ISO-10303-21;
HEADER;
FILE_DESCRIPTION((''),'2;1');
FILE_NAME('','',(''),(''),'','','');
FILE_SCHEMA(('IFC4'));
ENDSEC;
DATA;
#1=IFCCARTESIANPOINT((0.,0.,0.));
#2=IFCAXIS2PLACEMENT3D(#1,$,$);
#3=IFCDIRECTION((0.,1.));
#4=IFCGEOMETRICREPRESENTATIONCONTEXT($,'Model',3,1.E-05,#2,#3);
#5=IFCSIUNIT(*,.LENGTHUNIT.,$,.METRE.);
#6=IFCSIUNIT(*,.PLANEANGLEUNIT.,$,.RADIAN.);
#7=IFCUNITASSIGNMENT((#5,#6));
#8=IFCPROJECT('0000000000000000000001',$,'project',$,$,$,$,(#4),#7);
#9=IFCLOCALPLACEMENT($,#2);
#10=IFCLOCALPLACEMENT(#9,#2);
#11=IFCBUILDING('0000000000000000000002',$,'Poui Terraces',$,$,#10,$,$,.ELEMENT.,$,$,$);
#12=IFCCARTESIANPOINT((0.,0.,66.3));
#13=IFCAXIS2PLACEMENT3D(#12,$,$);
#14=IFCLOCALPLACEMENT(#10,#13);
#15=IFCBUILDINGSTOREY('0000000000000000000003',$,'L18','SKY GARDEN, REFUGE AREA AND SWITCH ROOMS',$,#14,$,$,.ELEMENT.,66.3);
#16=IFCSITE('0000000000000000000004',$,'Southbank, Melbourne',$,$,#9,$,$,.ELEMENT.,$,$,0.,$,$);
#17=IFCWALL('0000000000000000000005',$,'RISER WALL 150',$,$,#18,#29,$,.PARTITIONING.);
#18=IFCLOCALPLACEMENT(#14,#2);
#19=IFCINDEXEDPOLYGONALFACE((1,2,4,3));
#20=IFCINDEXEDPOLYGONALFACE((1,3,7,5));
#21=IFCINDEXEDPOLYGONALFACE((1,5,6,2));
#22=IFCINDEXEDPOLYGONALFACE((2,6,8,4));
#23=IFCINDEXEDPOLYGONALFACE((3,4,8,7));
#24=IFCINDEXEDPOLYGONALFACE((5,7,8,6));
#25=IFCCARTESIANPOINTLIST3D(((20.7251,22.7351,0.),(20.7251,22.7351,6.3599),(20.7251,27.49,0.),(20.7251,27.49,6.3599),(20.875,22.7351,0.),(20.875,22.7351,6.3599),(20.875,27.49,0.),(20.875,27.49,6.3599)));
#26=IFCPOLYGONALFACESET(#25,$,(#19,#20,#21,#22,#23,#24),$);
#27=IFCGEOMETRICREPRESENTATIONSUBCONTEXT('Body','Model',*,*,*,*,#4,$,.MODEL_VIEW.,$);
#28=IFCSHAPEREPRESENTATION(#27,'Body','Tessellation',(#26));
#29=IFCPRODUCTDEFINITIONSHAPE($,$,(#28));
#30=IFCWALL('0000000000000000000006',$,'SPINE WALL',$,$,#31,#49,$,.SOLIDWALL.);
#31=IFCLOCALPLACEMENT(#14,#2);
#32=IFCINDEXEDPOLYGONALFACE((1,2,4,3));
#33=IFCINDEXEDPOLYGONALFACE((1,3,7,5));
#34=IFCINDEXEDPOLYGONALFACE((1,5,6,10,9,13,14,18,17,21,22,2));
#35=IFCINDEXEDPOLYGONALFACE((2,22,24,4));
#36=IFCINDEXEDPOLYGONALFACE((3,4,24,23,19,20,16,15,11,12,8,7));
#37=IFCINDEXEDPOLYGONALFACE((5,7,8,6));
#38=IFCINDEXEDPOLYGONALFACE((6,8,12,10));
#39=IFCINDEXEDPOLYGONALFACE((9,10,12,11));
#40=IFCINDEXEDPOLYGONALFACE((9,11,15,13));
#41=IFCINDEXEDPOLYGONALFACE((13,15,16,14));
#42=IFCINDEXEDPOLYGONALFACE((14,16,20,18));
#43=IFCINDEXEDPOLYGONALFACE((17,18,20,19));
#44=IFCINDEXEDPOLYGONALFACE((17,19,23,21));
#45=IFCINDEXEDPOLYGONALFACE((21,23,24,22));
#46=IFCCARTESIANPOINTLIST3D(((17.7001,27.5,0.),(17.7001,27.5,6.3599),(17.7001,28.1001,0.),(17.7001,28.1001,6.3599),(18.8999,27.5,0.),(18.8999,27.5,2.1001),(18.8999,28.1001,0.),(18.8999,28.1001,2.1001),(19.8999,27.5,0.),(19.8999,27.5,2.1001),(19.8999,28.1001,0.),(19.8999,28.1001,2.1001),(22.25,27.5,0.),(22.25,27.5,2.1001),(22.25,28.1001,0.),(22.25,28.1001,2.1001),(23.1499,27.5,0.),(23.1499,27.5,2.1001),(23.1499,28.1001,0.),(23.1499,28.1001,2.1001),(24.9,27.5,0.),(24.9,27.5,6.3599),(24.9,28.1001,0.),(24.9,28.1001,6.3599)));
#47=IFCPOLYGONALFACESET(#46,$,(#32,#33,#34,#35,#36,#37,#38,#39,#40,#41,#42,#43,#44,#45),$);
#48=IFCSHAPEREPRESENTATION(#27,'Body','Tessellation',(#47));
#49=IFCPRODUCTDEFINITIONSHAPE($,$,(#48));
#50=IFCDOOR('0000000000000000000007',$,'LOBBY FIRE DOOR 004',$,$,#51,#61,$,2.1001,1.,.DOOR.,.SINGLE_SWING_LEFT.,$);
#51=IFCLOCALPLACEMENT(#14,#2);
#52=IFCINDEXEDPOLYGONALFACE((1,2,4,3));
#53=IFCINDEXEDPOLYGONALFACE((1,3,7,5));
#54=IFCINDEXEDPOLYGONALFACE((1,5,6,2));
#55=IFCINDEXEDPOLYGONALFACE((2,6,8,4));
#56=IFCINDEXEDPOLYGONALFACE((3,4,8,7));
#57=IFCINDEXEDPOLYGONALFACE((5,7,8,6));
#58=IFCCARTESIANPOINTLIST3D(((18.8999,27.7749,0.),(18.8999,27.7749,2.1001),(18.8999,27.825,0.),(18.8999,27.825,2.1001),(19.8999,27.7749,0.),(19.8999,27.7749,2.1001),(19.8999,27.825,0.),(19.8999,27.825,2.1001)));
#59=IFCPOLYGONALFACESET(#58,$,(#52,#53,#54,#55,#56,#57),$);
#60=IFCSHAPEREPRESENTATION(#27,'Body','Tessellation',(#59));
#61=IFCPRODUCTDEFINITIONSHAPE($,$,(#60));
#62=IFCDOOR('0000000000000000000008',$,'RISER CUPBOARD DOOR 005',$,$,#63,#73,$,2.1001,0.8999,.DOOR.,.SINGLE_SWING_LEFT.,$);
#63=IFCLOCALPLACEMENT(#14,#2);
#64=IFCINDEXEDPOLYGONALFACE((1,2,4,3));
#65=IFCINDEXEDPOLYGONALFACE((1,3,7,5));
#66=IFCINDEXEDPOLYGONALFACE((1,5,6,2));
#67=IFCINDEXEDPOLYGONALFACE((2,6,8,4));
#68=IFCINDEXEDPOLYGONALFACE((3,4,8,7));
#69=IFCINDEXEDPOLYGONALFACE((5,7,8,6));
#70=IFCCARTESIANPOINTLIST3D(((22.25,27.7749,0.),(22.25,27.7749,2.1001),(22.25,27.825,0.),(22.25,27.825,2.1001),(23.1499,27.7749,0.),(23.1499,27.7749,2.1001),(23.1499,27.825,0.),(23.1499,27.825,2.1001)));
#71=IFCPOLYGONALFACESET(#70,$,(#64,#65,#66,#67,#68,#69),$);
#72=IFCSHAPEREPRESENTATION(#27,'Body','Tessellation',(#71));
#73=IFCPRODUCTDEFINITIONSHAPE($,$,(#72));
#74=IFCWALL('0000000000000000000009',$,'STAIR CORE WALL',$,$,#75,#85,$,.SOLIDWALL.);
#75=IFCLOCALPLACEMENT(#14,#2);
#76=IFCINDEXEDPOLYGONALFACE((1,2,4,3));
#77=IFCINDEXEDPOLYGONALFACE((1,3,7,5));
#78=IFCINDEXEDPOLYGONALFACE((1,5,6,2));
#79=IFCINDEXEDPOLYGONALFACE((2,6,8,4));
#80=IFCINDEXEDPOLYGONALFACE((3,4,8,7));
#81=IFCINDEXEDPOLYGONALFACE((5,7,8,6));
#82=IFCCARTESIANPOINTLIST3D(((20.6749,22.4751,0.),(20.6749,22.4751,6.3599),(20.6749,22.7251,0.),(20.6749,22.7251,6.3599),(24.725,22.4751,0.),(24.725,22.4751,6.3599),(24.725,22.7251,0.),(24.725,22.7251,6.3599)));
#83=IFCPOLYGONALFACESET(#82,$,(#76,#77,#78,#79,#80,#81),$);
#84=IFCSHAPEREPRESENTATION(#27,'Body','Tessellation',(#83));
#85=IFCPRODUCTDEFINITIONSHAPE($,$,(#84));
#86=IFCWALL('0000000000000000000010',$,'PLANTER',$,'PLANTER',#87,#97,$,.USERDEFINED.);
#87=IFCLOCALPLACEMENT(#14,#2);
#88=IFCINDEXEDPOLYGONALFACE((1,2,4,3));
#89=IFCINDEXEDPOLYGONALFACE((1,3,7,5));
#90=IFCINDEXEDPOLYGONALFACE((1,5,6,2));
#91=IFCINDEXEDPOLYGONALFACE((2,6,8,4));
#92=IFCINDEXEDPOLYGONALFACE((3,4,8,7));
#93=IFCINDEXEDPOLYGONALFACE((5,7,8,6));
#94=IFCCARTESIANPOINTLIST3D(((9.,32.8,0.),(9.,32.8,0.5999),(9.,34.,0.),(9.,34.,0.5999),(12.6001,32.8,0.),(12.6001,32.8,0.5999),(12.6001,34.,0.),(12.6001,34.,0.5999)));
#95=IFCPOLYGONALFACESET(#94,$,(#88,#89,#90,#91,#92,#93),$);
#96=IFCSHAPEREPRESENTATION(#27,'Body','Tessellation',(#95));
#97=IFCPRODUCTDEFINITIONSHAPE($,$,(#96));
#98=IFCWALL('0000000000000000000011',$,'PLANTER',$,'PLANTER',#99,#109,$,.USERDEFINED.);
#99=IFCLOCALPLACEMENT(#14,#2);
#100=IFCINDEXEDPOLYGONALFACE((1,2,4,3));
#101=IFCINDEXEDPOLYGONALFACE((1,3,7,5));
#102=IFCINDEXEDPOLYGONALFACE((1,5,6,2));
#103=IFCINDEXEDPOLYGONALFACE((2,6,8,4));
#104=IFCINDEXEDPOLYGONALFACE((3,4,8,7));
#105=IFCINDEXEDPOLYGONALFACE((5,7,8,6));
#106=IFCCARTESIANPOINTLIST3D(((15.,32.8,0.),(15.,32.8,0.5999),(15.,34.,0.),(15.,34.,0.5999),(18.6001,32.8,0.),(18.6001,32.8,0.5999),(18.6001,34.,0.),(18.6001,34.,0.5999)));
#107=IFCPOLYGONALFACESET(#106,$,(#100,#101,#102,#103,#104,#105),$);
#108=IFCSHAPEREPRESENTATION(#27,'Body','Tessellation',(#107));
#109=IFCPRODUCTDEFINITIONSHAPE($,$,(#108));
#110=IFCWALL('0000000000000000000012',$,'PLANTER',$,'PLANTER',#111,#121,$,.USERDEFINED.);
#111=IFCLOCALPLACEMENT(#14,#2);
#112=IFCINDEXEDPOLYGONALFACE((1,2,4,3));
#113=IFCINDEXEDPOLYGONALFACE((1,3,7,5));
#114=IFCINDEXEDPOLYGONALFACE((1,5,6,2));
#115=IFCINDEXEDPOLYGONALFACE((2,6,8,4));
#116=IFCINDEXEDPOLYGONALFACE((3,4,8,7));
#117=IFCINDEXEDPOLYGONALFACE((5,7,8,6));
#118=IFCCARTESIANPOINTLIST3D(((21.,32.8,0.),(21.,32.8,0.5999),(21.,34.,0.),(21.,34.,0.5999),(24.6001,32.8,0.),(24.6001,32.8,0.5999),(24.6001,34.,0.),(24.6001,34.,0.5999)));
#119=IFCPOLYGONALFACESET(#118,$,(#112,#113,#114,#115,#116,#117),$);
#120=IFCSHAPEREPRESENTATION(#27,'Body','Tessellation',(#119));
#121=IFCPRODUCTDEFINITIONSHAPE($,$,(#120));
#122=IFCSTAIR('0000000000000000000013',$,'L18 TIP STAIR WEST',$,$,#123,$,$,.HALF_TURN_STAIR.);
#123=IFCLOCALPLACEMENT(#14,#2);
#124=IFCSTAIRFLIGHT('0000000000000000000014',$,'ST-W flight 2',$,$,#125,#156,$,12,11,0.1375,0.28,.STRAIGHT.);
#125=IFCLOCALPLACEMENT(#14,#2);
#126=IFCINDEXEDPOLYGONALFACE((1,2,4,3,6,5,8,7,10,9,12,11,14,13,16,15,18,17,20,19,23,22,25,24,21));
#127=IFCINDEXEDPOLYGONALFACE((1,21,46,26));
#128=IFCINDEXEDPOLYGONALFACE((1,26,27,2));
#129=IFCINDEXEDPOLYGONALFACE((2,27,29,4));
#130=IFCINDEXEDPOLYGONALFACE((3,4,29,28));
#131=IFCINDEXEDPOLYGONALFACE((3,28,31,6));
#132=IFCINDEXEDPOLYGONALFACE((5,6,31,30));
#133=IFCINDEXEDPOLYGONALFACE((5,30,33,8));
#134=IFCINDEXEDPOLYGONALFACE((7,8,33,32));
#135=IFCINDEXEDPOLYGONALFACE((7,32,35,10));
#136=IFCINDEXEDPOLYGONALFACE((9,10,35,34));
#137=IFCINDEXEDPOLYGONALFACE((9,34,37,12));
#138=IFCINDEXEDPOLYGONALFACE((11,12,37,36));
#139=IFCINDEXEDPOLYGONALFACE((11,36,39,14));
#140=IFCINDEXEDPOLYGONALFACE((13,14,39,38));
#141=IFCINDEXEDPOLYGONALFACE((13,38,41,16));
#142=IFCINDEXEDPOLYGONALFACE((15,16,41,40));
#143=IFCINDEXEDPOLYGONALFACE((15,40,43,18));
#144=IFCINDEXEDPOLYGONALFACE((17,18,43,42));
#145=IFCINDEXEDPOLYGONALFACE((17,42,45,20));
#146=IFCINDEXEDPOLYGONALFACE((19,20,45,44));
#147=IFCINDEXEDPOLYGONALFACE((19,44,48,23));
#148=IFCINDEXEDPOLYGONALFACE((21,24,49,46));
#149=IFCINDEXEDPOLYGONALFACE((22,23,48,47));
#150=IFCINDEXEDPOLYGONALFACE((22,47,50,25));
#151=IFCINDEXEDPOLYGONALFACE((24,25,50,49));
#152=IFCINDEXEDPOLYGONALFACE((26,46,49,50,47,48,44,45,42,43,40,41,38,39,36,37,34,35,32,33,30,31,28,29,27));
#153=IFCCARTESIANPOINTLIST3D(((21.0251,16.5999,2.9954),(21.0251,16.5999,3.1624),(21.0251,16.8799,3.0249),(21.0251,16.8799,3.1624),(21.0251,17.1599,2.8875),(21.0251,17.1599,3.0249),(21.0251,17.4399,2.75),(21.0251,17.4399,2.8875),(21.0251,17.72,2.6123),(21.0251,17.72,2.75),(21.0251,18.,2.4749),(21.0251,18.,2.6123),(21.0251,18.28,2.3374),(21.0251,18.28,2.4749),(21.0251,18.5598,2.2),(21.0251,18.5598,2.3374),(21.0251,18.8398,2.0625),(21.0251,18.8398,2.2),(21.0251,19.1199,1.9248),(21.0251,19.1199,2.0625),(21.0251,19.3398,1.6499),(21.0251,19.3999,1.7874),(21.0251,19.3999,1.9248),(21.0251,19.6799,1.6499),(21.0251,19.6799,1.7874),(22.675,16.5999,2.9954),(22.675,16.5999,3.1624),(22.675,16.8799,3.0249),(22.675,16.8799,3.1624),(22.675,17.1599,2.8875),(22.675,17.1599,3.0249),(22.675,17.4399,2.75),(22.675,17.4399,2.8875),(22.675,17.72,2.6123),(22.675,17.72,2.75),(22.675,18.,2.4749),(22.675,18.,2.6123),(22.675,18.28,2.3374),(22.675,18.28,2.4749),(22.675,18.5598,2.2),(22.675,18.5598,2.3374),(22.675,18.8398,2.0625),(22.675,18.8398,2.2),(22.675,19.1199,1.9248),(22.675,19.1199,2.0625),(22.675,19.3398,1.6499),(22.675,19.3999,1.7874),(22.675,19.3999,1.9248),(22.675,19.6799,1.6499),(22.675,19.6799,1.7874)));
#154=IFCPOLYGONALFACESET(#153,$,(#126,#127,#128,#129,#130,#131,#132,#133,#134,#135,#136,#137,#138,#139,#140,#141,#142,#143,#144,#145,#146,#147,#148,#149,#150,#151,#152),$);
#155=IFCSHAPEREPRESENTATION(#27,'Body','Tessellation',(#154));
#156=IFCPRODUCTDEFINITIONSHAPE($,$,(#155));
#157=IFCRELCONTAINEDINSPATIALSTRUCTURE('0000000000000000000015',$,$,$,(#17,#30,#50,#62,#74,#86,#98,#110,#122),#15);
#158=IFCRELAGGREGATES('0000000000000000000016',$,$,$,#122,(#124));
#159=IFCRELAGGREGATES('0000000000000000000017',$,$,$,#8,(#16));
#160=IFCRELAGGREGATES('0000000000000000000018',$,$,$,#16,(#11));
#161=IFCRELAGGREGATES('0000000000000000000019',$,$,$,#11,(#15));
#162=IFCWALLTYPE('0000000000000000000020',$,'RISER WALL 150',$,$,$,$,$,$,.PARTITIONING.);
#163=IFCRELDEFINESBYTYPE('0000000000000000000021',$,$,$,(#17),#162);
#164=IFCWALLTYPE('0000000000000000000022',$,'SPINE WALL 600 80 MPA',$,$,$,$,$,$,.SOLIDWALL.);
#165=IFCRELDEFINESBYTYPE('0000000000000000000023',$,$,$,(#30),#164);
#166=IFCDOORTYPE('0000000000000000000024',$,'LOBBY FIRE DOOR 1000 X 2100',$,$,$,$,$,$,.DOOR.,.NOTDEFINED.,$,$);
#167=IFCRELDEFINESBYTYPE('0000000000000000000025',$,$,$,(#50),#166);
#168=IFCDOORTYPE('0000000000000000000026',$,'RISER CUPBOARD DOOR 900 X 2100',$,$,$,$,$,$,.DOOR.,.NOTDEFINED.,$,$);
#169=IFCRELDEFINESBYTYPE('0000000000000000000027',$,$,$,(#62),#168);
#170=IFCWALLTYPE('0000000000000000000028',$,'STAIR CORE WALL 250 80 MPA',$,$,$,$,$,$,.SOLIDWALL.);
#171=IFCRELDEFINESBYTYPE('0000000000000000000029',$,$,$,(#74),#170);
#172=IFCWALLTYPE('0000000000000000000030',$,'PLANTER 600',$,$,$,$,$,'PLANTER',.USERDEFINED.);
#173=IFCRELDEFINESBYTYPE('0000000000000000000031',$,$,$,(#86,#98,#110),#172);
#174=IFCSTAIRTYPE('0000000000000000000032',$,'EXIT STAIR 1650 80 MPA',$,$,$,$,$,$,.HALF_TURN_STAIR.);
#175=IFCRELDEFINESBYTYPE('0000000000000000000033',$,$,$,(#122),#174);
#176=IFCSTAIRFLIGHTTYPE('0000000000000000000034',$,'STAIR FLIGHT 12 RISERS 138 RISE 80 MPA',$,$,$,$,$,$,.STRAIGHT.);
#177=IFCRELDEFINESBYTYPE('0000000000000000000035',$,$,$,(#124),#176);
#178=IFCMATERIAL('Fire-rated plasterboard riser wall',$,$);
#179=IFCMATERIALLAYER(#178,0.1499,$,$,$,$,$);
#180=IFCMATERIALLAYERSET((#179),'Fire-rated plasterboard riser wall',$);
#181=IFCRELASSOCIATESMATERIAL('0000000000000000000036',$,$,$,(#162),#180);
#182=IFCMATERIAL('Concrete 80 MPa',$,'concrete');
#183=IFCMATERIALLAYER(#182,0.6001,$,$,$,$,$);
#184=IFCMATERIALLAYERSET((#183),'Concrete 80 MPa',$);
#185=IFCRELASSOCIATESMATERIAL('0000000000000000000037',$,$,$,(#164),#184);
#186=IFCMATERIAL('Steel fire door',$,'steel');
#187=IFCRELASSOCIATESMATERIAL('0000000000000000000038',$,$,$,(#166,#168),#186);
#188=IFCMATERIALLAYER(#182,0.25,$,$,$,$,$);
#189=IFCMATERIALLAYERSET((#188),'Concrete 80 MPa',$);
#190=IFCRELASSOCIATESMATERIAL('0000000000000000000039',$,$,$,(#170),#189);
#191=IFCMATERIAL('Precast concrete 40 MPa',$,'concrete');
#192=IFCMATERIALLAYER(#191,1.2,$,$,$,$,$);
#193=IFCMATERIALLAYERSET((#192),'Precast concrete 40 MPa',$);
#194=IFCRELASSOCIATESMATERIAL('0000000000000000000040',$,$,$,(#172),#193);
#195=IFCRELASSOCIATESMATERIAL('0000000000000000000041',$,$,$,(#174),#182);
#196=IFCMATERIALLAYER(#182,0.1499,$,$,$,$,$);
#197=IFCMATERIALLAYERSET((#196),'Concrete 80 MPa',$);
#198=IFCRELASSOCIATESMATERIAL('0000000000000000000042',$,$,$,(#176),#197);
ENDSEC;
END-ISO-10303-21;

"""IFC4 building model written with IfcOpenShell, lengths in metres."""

from ifc_helpers import new_model, si_unit, direction, frame, frame_2d, origin, place, context, subcontext, project, spatial, polyline, rectangle, outline, extrude, source, transform, mapped, material, layer, layer_set, type_object, element, fill, aggregate, save


model = new_model("IFC4")

# Units and contexts
model_context = context("Model", 3, precision=1e-05, world=origin(), true_north=direction((0.0, 1.0)))
body_context = subcontext(model_context, "Body", "Model", "MODEL_VIEW")
ifc_project = project(units=[si_unit("LENGTHUNIT", "METRE"), si_unit("PLANEANGLEUNIT", "RADIAN")], contexts=[model_context])

# Site, building, storey
site_placement = place(None, origin())
site = spatial("IfcSite", under=ifc_project, at=site_placement, Name="Southbank, Melbourne", CompositionType="ELEMENT", RefElevation=0.0)
building_placement = place(site_placement, origin())
building = spatial("IfcBuilding", under=site, at=building_placement, Name="Poui Terraces", CompositionType="ELEMENT")
storey_placement = place(building_placement, frame((0.0, 0.0, 66.3)))
storey = spatial("IfcBuildingStorey", under=building, at=storey_placement, Name="L18", Description="SKY GARDEN, REFUGE AREA AND SWITCH ROOMS", CompositionType="ELEMENT", Elevation=66.3)

# Shared definitions
ifc_material_1 = material(Name="Concrete 80 MPa", Category="concrete")

# Shared definitions
ifc_material_2 = material(Name="Steel fire door", Category="steel")

# Wall
ifc_material_3 = material(Name="Fire-rated plasterboard riser wall")
ifc_layer_1 = layer(ifc_material_3, 0.1499)
ifc_layer_set_1 = layer_set([ifc_layer_1], Name="Fire-rated plasterboard riser wall")
wall_type_1 = type_object("IfcWallType", Name="RISER WALL 150", PredefinedType="PARTITIONING", material=ifc_layer_set_1)
wall_1_placement = place(storey_placement, frame((20.8, 22.7351, 0.0), z_axis=(0.0, 0.0, 1.0), x_axis=(0.0, 1.0, 0.0)))
element("IfcWall", 1, at=wall_1_placement, inside=storey, type_object=wall_type_1, Name="RISER WALL 150", PredefinedType="PARTITIONING", context=body_context, shape_type="SweptSolid", body=[
    extrude(rectangle(XDim=4.7549, YDim=0.1499, at=frame_2d((2.3774, 0.0))), origin(), (0.0, 0.0, 1.0), 6.3599),
])

# Wall, openings, doors
ifc_layer_2 = layer(ifc_material_1, 0.6001)
ifc_layer_set_2 = layer_set([ifc_layer_2], Name="Concrete 80 MPa")
wall_type_2 = type_object("IfcWallType", Name="SPINE WALL 600 80 MPA", PredefinedType="SOLIDWALL", material=ifc_layer_set_2)
wall_2_placement = place(storey_placement, frame((17.7, 27.8, 0.0), z_axis=(0.0, 0.0, 1.0), x_axis=(1.0, 0.0, 0.0)))
wall_2 = element("IfcWall", 2, at=wall_2_placement, inside=storey, type_object=wall_type_2, Name="SPINE WALL", PredefinedType="SOLIDWALL", context=body_context, shape_type="SweptSolid", body=[
    extrude(rectangle(XDim=7.2, YDim=0.6001, at=frame_2d((3.6001, 0.0))), origin(), (0.0, 0.0, 1.0), 6.3599),
])
opening_1_placement = place(wall_2_placement, frame((1.2, 0.0, 0.0)))
opening_1 = element("IfcOpeningElement", 3, at=opening_1_placement, cuts=wall_2, PredefinedType="OPENING", context=body_context, shape_type="SweptSolid", body=[
    extrude(rectangle(XDim=1.0, YDim=2.1001, at=frame_2d((0.5, 1.05))), frame((0.0, 0.3101, 0.0), z_axis=(0.0, -1.0, 0.0), x_axis=(1.0, 0.0, 0.0)), (0.0, 0.0, 1.0), 0.6201),
])
opening_2_placement = place(wall_2_placement, frame((4.55, 0.0, 0.0)))
opening_2 = element("IfcOpeningElement", 4, at=opening_2_placement, cuts=wall_2, PredefinedType="OPENING", context=body_context, shape_type="SweptSolid", body=[
    extrude(rectangle(XDim=0.8999, YDim=2.1001, at=frame_2d((0.45, 1.05))), frame((0.0, 0.3101, 0.0), z_axis=(0.0, -1.0, 0.0), x_axis=(1.0, 0.0, 0.0)), (0.0, 0.0, 1.0), 0.6201),
])
door_type_1 = type_object("IfcDoorType", Name="LOBBY FIRE DOOR 1000 X 2100", OperationType="NOTDEFINED", PredefinedType="DOOR", material=ifc_material_2)
door_1_placement = place(opening_1_placement, origin())
door_1 = element("IfcDoor", 5, at=door_1_placement, inside=storey, type_object=door_type_1, Name="LOBBY FIRE DOOR 004", OperationType="SINGLE_SWING_LEFT", OverallHeight=2.1001, OverallWidth=1.0, PredefinedType="DOOR", context=body_context, shape_type="SweptSolid", body=[
    extrude(rectangle(XDim=1.0, YDim=2.1001, at=frame_2d((0.5, 1.05))), frame((0.0, 0.0249, 0.0), z_axis=(0.0, -1.0, 0.0), x_axis=(1.0, 0.0, 0.0)), (0.0, 0.0, 1.0), 0.05),
])
fill(opening_1, door_1)
door_type_2 = type_object("IfcDoorType", Name="RISER CUPBOARD DOOR 900 X 2100", OperationType="NOTDEFINED", PredefinedType="DOOR", material=ifc_material_2)
door_2_placement = place(opening_2_placement, origin())
door_2 = element("IfcDoor", 6, at=door_2_placement, inside=storey, type_object=door_type_2, Name="RISER CUPBOARD DOOR 005", OperationType="SINGLE_SWING_LEFT", OverallHeight=2.1001, OverallWidth=0.8999, PredefinedType="DOOR", context=body_context, shape_type="SweptSolid", body=[
    extrude(rectangle(XDim=0.8999, YDim=2.1001, at=frame_2d((0.45, 1.05))), frame((0.0, 0.0249, 0.0), z_axis=(0.0, -1.0, 0.0), x_axis=(1.0, 0.0, 0.0)), (0.0, 0.0, 1.0), 0.05),
])
fill(opening_2, door_2)

# Walls
ifc_layer_3 = layer(ifc_material_1, 0.25)
ifc_layer_set_3 = layer_set([ifc_layer_3], Name="Concrete 80 MPa")
wall_type_3 = type_object("IfcWallType", Name="STAIR CORE WALL 250 80 MPA", PredefinedType="SOLIDWALL", material=ifc_layer_set_3)
wall_3_placement = place(storey_placement, frame((20.675, 22.6001, 0.0), z_axis=(0.0, 0.0, 1.0), x_axis=(1.0, 0.0, 0.0)))
element("IfcWall", 7, at=wall_3_placement, inside=storey, type_object=wall_type_3, Name="STAIR CORE WALL", PredefinedType="SOLIDWALL", context=body_context, shape_type="SweptSolid", body=[
    extrude(rectangle(XDim=4.05, YDim=0.25, at=frame_2d((2.0249, 0.0))), origin(), (0.0, 0.0, 1.0), 6.3599),
])
ifc_material_4 = material(Name="Precast concrete 40 MPa", Category="concrete")
ifc_layer_4 = layer(ifc_material_4, 1.2)
ifc_layer_set_4 = layer_set([ifc_layer_4], Name="Precast concrete 40 MPa")
wall_type_4 = type_object("IfcWallType", Name="PLANTER 600", ElementType="PLANTER", PredefinedType="USERDEFINED", material=ifc_layer_set_4)
shared_shape = source(origin(), body_context, "Body", "SweptSolid", [
    extrude(outline(polyline([(0.0, 0.0), (3.6001, 0.0), (3.6001, 1.2), (0.0, 1.2), (0.0, 0.0)])), origin(), (0.0, 0.0, 1.0), 0.5999),
])
for number, where, name in (
    (8, (9.0, 32.8, 0.0), "PLANTER"),
    (9, (15.0, 32.8, 0.0), "PLANTER"),
    (10, (21.0, 32.8, 0.0), "PLANTER"),
):
    element("IfcWall", number, at=place(storey_placement, frame(where)), inside=storey, type_object=wall_type_4, Name=name, ObjectType="PLANTER", PredefinedType="USERDEFINED", context=body_context, shape_type="MappedRepresentation", body=[
        mapped(shared_shape, transform((0.0, 0.0, 0.0))),
    ])

# Stair, stair flight
stair_type = type_object("IfcStairType", Name="EXIT STAIR 1650 80 MPA", PredefinedType="HALF_TURN_STAIR", material=ifc_material_1)
stair_placement = place(storey_placement, origin())
stair = element("IfcStair", 11, at=stair_placement, inside=storey, type_object=stair_type, Name="L18 TIP STAIR WEST", PredefinedType="HALF_TURN_STAIR")
ifc_layer_5 = layer(ifc_material_1, 0.1499)
ifc_layer_set_5 = layer_set([ifc_layer_5], Name="Concrete 80 MPa")
stair_flight_type = type_object("IfcStairFlightType", Name="STAIR FLIGHT 12 RISERS 138 RISE 80 MPA", PredefinedType="STRAIGHT", material=ifc_layer_set_5)
stair_flight_placement = place(storey_placement, frame((21.8501, 19.6799, 1.6499), z_axis=(0.0, 0.0, 1.0), x_axis=(0.0, -1.0, 0.0)))
stair_flight = element("IfcStairFlight", 12, at=stair_flight_placement, type_object=stair_flight_type, Name="ST-W flight 2", NumberOfRisers=12, NumberOfTreads=11, PredefinedType="STRAIGHT", RiserHeight=0.1375, TreadLength=0.28, context=body_context, shape_type="SweptSolid", body=[
    extrude(outline(polyline([(0.0, 0.0), (0.0, 0.1375), (0.28, 0.1375), (0.28, 0.2749), (0.5601, 0.2749), (0.5601, 0.4126), (0.8401, 0.4126), (0.8401, 0.55), (1.1201, 0.55), (1.1201, 0.6875), (1.3999, 0.6875), (1.3999, 0.825), (1.6799, 0.825), (1.6799, 0.9624), (1.96, 0.9624), (1.96, 1.1001), (2.24, 1.1001), (2.24, 1.2375), (2.52, 1.2375), (2.52, 1.375), (2.8, 1.375), (2.8, 1.5125), (3.0801, 1.5125), (3.0801, 1.6499), (3.0801, 1.3455), (0.3401, 0.0), (0.0, 0.0)])), frame((0.0, 0.825, 0.0), z_axis=(0.0, -1.0, 0.0), x_axis=(1.0, 0.0, 0.0)), (0.0, 0.0, 1.0), 1.6499),
])
aggregate(stair, [stair_flight])

save(model, "model.ifc")
